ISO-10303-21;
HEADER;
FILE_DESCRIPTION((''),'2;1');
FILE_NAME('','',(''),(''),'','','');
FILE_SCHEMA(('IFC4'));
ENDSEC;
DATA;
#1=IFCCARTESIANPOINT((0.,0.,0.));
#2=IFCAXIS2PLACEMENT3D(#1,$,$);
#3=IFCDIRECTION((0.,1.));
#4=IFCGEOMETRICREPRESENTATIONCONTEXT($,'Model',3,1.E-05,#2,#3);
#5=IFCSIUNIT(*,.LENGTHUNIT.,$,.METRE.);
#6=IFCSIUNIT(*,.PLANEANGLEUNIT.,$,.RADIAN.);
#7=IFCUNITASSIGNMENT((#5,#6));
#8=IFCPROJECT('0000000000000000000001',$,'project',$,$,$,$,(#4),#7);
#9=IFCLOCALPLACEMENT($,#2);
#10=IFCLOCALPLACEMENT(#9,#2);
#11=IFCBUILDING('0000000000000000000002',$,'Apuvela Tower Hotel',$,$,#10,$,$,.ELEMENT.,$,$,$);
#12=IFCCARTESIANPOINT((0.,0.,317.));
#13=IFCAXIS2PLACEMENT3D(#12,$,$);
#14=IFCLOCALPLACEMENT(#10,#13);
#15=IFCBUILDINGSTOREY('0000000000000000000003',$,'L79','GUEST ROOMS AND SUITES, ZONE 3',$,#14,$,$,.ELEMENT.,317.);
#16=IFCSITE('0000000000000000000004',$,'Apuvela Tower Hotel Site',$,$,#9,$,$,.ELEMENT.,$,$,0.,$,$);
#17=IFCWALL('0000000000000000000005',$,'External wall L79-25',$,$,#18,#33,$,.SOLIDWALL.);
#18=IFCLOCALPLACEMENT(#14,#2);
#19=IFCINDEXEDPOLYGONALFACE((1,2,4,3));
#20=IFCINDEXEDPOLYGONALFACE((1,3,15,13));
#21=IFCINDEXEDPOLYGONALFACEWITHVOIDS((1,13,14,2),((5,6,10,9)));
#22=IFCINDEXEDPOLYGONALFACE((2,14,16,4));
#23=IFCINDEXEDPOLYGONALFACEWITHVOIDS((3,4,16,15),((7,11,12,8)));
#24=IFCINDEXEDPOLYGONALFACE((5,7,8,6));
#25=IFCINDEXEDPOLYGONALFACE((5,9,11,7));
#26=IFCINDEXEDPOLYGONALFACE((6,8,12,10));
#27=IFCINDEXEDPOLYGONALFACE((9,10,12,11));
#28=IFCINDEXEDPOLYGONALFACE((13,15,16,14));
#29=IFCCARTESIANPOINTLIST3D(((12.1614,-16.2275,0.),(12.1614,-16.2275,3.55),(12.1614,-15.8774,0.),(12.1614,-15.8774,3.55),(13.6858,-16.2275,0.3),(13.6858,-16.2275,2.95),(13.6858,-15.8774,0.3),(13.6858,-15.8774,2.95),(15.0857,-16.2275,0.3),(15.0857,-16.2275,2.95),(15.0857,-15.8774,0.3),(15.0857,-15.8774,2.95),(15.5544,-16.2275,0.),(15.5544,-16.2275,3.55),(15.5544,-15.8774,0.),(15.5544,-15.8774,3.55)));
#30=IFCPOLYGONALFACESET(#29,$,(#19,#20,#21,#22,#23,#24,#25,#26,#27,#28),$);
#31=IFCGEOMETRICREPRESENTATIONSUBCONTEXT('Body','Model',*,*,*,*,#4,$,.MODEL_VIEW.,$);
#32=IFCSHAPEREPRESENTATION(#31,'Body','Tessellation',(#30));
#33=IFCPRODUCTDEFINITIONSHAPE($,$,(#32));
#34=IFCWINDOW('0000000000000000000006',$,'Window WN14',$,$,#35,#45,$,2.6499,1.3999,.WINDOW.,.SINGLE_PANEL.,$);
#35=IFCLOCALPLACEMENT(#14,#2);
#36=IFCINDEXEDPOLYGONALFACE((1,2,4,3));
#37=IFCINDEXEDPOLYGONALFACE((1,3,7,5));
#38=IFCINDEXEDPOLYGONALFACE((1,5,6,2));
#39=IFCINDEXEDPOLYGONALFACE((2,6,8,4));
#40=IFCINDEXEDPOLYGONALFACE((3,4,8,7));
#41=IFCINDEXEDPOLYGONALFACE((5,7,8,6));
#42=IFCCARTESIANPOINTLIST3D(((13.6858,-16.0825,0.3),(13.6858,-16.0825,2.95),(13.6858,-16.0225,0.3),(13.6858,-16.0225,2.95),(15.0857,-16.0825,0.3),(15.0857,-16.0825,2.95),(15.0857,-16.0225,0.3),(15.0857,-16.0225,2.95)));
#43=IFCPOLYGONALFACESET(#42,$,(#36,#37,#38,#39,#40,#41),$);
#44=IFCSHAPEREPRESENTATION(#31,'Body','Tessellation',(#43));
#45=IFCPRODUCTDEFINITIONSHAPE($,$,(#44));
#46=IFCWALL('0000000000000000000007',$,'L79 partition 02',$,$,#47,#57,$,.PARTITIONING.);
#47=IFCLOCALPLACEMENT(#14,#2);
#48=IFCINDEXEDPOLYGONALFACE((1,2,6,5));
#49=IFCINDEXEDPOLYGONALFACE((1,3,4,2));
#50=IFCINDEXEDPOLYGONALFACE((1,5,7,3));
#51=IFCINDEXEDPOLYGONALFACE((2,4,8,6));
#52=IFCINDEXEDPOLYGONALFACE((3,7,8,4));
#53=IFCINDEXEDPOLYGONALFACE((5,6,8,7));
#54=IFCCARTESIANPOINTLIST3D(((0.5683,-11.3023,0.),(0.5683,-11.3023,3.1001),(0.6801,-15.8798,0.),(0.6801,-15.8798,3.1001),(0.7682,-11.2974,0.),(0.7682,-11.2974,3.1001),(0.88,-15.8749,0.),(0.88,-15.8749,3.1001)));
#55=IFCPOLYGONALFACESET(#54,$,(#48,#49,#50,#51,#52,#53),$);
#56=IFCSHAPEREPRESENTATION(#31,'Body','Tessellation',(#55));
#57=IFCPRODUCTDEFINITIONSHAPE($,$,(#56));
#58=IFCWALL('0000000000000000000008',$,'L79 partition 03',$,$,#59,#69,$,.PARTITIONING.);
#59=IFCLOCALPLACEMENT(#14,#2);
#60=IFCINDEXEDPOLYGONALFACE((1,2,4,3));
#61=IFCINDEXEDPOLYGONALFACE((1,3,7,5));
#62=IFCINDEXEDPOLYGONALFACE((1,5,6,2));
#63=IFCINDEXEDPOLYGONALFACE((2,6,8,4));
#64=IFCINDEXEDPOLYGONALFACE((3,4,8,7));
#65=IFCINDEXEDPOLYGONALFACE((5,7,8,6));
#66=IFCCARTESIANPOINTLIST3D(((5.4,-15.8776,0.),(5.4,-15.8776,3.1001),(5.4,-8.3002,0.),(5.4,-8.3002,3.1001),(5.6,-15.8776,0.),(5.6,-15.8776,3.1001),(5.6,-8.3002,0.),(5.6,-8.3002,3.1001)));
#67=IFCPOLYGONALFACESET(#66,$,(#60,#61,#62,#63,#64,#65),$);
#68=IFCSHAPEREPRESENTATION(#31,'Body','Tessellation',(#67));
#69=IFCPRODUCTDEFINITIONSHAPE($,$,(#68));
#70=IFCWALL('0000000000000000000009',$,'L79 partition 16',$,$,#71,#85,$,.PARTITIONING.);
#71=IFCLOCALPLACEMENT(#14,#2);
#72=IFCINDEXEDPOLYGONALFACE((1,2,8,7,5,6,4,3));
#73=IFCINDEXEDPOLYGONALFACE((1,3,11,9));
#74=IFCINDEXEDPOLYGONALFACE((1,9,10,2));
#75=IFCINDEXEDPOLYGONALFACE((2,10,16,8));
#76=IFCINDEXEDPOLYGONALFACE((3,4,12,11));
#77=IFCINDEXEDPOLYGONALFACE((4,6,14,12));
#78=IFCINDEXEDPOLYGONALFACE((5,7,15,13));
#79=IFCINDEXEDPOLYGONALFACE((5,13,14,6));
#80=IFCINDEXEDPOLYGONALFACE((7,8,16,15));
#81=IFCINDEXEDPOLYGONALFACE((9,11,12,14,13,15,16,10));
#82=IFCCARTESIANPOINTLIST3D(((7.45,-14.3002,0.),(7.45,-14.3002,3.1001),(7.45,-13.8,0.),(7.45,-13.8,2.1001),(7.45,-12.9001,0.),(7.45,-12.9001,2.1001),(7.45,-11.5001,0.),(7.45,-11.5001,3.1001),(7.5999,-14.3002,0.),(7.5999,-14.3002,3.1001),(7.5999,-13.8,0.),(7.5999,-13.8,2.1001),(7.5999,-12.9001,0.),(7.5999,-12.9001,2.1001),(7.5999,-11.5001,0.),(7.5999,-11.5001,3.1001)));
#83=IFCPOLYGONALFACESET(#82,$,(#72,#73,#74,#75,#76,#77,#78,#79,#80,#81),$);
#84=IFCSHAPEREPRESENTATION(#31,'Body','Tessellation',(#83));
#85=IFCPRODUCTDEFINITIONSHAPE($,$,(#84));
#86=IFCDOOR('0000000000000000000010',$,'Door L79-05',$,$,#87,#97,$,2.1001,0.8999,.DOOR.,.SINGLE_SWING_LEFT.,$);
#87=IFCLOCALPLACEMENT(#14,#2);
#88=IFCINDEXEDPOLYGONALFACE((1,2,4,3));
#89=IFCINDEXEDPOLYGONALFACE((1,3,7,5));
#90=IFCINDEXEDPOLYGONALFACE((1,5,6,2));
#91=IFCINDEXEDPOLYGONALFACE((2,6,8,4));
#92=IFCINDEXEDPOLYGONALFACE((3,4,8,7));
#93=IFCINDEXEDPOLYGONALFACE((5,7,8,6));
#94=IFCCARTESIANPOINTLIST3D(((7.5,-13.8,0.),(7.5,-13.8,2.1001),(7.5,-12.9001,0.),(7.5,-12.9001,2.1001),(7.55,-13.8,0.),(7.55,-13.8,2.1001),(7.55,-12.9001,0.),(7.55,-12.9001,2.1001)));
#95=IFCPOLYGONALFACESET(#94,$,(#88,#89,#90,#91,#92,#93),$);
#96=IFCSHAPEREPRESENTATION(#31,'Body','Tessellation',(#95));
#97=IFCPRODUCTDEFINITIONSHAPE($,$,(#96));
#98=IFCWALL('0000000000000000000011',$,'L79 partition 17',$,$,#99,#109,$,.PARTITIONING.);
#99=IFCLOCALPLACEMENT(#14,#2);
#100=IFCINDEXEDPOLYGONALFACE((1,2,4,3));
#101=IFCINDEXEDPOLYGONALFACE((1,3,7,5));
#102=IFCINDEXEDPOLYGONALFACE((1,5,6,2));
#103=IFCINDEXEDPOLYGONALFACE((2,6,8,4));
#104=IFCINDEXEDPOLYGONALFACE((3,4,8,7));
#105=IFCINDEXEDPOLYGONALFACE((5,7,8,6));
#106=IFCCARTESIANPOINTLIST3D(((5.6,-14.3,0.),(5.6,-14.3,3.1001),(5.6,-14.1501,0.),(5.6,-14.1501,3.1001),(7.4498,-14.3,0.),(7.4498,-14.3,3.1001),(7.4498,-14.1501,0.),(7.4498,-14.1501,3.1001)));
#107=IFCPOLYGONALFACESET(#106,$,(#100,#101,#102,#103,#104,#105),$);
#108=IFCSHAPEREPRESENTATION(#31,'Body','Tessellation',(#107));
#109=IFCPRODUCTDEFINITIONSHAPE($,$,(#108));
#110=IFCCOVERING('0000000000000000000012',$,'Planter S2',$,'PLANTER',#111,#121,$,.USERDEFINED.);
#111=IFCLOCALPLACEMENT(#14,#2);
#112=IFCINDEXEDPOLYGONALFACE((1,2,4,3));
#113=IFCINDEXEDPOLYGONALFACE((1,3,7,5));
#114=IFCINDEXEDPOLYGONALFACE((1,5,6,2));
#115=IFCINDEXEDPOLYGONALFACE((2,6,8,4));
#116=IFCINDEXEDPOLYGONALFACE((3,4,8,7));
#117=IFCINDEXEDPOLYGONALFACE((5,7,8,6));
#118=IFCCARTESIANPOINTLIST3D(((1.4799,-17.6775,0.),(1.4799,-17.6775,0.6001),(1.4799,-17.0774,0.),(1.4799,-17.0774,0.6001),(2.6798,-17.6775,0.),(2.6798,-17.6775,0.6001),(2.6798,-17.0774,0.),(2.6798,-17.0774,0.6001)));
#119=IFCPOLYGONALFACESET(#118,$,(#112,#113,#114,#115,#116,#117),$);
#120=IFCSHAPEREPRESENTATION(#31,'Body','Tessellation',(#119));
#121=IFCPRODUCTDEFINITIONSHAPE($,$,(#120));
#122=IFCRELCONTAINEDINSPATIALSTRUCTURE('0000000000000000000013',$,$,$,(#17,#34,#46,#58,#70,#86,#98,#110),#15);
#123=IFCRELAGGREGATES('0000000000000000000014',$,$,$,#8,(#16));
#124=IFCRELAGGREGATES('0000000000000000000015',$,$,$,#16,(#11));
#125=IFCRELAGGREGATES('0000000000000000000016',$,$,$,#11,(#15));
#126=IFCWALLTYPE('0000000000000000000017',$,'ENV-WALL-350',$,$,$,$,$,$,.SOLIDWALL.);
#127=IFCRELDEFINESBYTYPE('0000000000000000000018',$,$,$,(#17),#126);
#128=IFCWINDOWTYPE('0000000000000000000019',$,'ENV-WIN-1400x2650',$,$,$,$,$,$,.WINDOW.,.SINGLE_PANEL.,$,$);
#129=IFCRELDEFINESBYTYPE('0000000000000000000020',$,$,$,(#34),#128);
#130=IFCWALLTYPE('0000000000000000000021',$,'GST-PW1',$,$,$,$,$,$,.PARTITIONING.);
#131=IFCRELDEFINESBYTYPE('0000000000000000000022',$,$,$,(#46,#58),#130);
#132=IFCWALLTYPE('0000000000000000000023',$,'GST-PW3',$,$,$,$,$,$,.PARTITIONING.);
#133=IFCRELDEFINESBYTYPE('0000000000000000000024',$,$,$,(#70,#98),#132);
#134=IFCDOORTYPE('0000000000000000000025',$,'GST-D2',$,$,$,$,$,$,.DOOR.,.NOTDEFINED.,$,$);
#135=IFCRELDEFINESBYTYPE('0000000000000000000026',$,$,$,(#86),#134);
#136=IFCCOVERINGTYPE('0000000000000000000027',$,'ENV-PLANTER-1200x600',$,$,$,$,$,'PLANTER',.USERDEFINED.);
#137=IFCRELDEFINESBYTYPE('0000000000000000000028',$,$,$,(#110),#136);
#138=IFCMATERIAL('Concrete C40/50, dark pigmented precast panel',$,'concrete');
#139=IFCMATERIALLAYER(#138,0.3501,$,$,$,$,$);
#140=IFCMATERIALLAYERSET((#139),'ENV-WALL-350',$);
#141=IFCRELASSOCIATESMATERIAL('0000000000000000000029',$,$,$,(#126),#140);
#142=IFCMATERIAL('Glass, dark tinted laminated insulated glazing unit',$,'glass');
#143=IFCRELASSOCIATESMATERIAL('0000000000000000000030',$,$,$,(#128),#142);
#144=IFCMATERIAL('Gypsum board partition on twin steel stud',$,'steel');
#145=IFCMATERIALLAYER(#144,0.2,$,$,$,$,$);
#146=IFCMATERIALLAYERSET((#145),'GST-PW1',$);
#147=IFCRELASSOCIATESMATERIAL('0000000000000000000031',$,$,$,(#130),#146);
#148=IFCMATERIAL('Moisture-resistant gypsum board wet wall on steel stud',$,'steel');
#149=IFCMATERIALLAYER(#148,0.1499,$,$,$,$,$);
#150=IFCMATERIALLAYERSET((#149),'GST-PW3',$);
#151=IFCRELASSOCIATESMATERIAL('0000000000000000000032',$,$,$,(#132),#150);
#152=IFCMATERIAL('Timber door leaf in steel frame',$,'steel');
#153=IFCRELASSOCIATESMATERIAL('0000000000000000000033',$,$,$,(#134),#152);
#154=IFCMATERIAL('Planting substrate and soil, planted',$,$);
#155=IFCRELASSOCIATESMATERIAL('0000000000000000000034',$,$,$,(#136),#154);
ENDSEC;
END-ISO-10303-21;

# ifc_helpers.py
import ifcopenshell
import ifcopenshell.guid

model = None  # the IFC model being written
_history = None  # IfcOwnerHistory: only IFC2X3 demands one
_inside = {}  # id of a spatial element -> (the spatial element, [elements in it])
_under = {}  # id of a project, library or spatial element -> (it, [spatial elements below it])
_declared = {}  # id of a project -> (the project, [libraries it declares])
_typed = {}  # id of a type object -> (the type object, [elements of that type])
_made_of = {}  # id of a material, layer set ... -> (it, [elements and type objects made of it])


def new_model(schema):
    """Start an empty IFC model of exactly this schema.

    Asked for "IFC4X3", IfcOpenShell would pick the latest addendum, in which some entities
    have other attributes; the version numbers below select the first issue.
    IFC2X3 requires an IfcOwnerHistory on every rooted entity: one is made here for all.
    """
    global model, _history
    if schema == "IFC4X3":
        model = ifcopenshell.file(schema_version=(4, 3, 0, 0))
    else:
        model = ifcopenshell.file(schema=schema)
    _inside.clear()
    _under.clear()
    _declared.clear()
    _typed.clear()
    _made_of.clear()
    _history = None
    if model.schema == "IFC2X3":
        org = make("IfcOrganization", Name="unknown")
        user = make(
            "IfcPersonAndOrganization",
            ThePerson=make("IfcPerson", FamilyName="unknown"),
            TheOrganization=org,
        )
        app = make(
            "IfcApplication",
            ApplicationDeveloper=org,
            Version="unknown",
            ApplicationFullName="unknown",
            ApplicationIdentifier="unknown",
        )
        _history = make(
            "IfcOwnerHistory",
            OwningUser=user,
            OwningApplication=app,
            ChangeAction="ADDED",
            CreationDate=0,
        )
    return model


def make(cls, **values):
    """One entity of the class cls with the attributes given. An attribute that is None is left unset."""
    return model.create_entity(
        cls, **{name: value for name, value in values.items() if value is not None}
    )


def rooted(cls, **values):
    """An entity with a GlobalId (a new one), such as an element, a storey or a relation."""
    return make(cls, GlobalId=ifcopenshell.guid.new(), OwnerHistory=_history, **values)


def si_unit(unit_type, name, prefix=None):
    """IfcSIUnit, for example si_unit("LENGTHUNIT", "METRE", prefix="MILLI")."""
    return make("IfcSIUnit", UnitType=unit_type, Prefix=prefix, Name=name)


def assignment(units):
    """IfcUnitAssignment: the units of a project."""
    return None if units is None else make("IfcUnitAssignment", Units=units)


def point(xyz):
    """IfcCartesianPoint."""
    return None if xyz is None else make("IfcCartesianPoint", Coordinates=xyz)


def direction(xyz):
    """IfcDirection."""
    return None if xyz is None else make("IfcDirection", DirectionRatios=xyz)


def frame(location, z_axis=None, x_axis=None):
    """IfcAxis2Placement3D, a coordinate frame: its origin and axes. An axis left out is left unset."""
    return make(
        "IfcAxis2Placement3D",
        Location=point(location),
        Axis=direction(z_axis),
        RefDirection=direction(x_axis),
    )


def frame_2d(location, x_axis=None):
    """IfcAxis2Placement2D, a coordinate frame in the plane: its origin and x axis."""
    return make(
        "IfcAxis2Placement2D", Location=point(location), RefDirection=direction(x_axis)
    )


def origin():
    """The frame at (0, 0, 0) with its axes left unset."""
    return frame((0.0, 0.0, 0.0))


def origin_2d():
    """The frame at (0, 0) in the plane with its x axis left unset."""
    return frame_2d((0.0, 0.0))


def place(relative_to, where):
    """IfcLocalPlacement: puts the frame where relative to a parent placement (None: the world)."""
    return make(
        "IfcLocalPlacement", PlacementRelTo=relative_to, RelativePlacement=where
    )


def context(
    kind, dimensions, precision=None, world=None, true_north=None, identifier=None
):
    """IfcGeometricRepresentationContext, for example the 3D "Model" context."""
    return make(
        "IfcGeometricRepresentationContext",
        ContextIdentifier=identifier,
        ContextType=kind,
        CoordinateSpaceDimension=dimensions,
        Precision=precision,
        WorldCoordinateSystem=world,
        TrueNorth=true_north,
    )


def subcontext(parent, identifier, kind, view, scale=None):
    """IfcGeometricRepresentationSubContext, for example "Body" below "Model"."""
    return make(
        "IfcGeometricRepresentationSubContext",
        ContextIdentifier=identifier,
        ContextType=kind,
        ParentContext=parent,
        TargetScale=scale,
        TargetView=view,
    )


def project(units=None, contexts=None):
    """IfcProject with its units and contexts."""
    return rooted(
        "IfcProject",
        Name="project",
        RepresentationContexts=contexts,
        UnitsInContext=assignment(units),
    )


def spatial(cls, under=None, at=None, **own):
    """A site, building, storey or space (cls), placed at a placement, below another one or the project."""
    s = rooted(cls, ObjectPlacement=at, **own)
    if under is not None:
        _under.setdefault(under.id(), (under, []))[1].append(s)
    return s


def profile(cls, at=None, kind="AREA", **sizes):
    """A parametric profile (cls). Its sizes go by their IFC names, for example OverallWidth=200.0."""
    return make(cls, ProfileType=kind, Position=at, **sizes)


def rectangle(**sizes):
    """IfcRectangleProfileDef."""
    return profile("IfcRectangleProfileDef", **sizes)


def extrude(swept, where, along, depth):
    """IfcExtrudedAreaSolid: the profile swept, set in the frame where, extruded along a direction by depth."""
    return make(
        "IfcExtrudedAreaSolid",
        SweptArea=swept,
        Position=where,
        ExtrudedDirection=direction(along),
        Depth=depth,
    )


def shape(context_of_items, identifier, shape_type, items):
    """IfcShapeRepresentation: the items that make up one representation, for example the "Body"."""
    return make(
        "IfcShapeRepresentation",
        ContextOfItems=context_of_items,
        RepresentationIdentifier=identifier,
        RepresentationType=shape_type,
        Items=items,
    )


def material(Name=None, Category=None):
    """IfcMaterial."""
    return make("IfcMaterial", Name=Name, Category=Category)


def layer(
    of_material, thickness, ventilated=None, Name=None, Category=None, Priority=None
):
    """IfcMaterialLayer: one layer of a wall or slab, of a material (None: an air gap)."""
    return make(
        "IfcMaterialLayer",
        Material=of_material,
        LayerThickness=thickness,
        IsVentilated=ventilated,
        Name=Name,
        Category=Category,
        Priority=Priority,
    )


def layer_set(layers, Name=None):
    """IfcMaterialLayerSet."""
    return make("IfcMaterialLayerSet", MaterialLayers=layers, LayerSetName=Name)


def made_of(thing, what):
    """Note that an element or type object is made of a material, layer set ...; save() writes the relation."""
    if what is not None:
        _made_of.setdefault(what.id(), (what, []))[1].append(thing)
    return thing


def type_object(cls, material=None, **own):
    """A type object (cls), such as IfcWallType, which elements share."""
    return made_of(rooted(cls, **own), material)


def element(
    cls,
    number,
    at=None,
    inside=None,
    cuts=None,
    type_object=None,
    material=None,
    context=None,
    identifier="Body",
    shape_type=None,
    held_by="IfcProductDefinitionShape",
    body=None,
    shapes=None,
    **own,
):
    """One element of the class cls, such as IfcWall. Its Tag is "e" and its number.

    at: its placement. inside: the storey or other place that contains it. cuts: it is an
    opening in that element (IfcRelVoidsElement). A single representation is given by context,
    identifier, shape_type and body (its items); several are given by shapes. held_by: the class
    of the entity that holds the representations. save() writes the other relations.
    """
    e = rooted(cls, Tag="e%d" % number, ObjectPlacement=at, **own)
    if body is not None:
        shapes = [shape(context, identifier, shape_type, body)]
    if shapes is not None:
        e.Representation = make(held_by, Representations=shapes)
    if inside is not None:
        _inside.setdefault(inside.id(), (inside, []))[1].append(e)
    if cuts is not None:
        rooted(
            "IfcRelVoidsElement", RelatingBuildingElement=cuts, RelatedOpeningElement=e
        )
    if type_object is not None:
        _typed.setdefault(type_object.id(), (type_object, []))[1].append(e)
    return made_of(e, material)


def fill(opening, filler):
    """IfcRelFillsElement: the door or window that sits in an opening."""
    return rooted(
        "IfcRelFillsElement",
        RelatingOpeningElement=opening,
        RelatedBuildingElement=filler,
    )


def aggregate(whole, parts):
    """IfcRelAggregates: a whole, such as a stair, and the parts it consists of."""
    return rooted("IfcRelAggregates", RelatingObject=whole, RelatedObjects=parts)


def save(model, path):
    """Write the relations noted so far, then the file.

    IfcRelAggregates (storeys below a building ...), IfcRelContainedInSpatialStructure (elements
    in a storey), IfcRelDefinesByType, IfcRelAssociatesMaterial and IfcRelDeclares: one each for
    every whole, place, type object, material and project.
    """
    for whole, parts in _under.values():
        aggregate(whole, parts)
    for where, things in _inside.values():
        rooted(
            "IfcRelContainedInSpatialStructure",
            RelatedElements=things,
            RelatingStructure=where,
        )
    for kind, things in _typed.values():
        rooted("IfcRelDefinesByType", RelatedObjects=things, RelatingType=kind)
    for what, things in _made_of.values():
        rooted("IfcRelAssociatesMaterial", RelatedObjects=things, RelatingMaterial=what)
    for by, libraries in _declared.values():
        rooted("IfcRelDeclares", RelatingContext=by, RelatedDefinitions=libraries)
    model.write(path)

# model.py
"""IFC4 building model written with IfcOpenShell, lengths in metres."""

from ifc_helpers import new_model, si_unit, direction, frame, frame_2d, origin, origin_2d, place, context, subcontext, project, spatial, rectangle, extrude, material, layer, layer_set, type_object, element, fill, save


model = new_model("IFC4")

# Units and contexts
model_context = context("Model", 3, precision=1e-05, world=origin(), true_north=direction((0.0, 1.0)))
body_context = subcontext(model_context, "Body", "Model", "MODEL_VIEW")
ifc_project = project(units=[si_unit("LENGTHUNIT", "METRE"), si_unit("PLANEANGLEUNIT", "RADIAN")], contexts=[model_context])

# Site, building, storey
site_placement = place(None, origin())
site = spatial("IfcSite", under=ifc_project, at=site_placement, Name="Apuvela Tower Hotel Site", CompositionType="ELEMENT", RefElevation=0.0)
building_placement = place(site_placement, origin())
building = spatial("IfcBuilding", under=site, at=building_placement, Name="Apuvela Tower Hotel", CompositionType="ELEMENT")
storey_placement = place(building_placement, frame((0.0, 0.0, 317.0)))
storey = spatial("IfcBuildingStorey", under=building, at=storey_placement, Name="L79", Description="GUEST ROOMS AND SUITES, ZONE 3", CompositionType="ELEMENT", Elevation=317.0)

# Shared definitions
ifc_material_1 = material(Name="Concrete C40/50, dark pigmented precast panel", Category="concrete")
ifc_layer_1 = layer(ifc_material_1, 0.3501)
ifc_layer_set_1 = layer_set([ifc_layer_1], Name="ENV-WALL-350")
wall_type_1 = type_object("IfcWallType", Name="ENV-WALL-350", PredefinedType="SOLIDWALL", material=ifc_layer_set_1)

# Shared definitions
ifc_material_2 = material(Name="Glass, dark tinted laminated insulated glazing unit", Category="glass")

# Wall, opening, window
wall_1_placement = place(storey_placement, frame((12.1614, -16.0525, 0.0), z_axis=(0.0, 0.0, 1.0), x_axis=(1.0, 0.0, 0.0)))
wall_1 = element("IfcWall", 1, at=wall_1_placement, inside=storey, type_object=wall_type_1, Name="External wall L79-25", PredefinedType="SOLIDWALL", context=body_context, shape_type="SweptSolid", body=[
    extrude(rectangle(XDim=3.3931, YDim=0.3501, at=frame_2d((1.6965, 0.0))), origin(), (0.0, 0.0, 1.0), 3.55),
])
opening_1_placement = place(wall_1_placement, frame((1.5244, 0.0, 0.3)))
opening_1 = element("IfcOpeningElement", 2, at=opening_1_placement, cuts=wall_1, PredefinedType="OPENING", context=body_context, shape_type="SweptSolid", body=[
    extrude(rectangle(XDim=1.3999, YDim=2.6499, at=frame_2d((0.7, 1.325))), frame((0.0, 0.1851, 0.0), z_axis=(0.0, -1.0, 0.0), x_axis=(1.0, 0.0, 0.0)), (0.0, 0.0, 1.0), 0.3701),
])
window_type_1 = type_object("IfcWindowType", Name="ENV-WIN-1400x2650", PartitioningType="SINGLE_PANEL", PredefinedType="WINDOW", material=ifc_material_2)
window_1_placement = place(opening_1_placement, origin())
window_1 = element("IfcWindow", 3, at=window_1_placement, inside=storey, type_object=window_type_1, Name="Window WN14", OverallHeight=2.6499, OverallWidth=1.3999, PartitioningType="SINGLE_PANEL", PredefinedType="WINDOW", context=body_context, shape_type="SweptSolid", body=[
    extrude(rectangle(XDim=1.3999, YDim=2.6499, at=frame_2d((0.7, 1.325))), frame((0.0, 0.03, 0.0), z_axis=(0.0, -1.0, 0.0), x_axis=(1.0, 0.0, 0.0)), (0.0, 0.0, 1.0), 0.0601),
])
fill(opening_1, window_1)

# Walls
ifc_material_3 = material(Name="Gypsum board partition on twin steel stud", Category="steel")
ifc_layer_2 = layer(ifc_material_3, 0.2)
ifc_layer_set_2 = layer_set([ifc_layer_2], Name="GST-PW1")
wall_type_2 = type_object("IfcWallType", Name="GST-PW1", PredefinedType="PARTITIONING", material=ifc_layer_set_2)
wall_2_placement = place(storey_placement, frame((0.78, -15.8774, 0.0), z_axis=(0.0, 0.0, 1.0), x_axis=(-0.024421, 0.999702, 0.0)))
element("IfcWall", 4, at=wall_2_placement, inside=storey, type_object=wall_type_2, Name="L79 partition 02", PredefinedType="PARTITIONING", context=body_context, shape_type="SweptSolid", body=[
    extrude(rectangle(XDim=4.5789, YDim=0.2, at=frame_2d((2.2896, 0.0))), origin(), (0.0, 0.0, 1.0), 3.1001),
])
wall_3_placement = place(storey_placement, frame((5.5, -15.8774, 0.0), z_axis=(0.0, 0.0, 1.0), x_axis=(0.0, 1.0, 0.0)))
element("IfcWall", 5, at=wall_3_placement, inside=storey, type_object=wall_type_2, Name="L79 partition 03", PredefinedType="PARTITIONING", context=body_context, shape_type="SweptSolid", body=[
    extrude(rectangle(XDim=7.5774, YDim=0.2, at=frame_2d((3.7886, 0.0))), origin(), (0.0, 0.0, 1.0), 3.1001),
])

# Wall, opening, door
ifc_material_4 = material(Name="Moisture-resistant gypsum board wet wall on steel stud", Category="steel")
ifc_layer_3 = layer(ifc_material_4, 0.1499)
ifc_layer_set_3 = layer_set([ifc_layer_3], Name="GST-PW3")
wall_type_3 = type_object("IfcWallType", Name="GST-PW3", PredefinedType="PARTITIONING", material=ifc_layer_set_3)
wall_4_placement = place(storey_placement, frame((7.5249, -14.3, 0.0), z_axis=(0.0, 0.0, 1.0), x_axis=(0.0, 1.0, 0.0)))
wall_4 = element("IfcWall", 6, at=wall_4_placement, inside=storey, type_object=wall_type_3, Name="L79 partition 16", PredefinedType="PARTITIONING", context=body_context, shape_type="SweptSolid", body=[
    extrude(rectangle(XDim=2.8, YDim=0.1499, at=frame_2d((1.3999, 0.0))), origin(), (0.0, 0.0, 1.0), 3.1001),
])
opening_2_placement = place(wall_4_placement, frame((0.5, 0.0, 0.0)))
opening_2 = element("IfcOpeningElement", 7, at=opening_2_placement, cuts=wall_4, PredefinedType="OPENING", context=body_context, shape_type="SweptSolid", body=[
    extrude(rectangle(XDim=0.8999, YDim=2.1001, at=frame_2d((0.45, 1.05))), frame((0.0, 0.085, 0.0), z_axis=(0.0, -1.0, 0.0), x_axis=(1.0, 0.0, 0.0)), (0.0, 0.0, 1.0), 0.1699),
])
ifc_material_5 = material(Name="Timber door leaf in steel frame", Category="steel")
door_type_1 = type_object("IfcDoorType", Name="GST-D2", OperationType="NOTDEFINED", PredefinedType="DOOR", material=ifc_material_5)
door_1_placement = place(opening_2_placement, origin())
door_1 = element("IfcDoor", 8, at=door_1_placement, inside=storey, type_object=door_type_1, Name="Door L79-05", OperationType="SINGLE_SWING_LEFT", OverallHeight=2.1001, OverallWidth=0.8999, PredefinedType="DOOR", context=body_context, shape_type="SweptSolid", body=[
    extrude(rectangle(XDim=0.8999, YDim=2.1001, at=frame_2d((0.45, 1.05))), frame((0.0, 0.0249, 0.0), z_axis=(0.0, -1.0, 0.0), x_axis=(1.0, 0.0, 0.0)), (0.0, 0.0, 1.0), 0.05),
])
fill(opening_2, door_1)

# Wall
wall_5_placement = place(storey_placement, frame((5.6001, -14.2251, 0.0), z_axis=(0.0, 0.0, 1.0), x_axis=(1.0, 0.0, 0.0)))
element("IfcWall", 9, at=wall_5_placement, inside=storey, type_object=wall_type_3, Name="L79 partition 17", PredefinedType="PARTITIONING", context=body_context, shape_type="SweptSolid", body=[
    extrude(rectangle(XDim=1.8499, YDim=0.1499, at=frame_2d((0.9248, 0.0))), origin(), (0.0, 0.0, 1.0), 3.1001),
])

# Covering
ifc_material_6 = material(Name="Planting substrate and soil, planted")
covering_type = type_object("IfcCoveringType", Name="ENV-PLANTER-1200x600", ElementType="PLANTER", PredefinedType="USERDEFINED", material=ifc_material_6)
covering_placement = place(storey_placement, frame((2.0798, -17.3774, 0.0), z_axis=(0.0, 0.0, 1.0), x_axis=(1.0, 0.0, 0.0)))
element("IfcCovering", 10, at=covering_placement, inside=storey, type_object=covering_type, Name="Planter S2", ObjectType="PLANTER", PredefinedType="USERDEFINED", context=body_context, shape_type="SweptSolid", body=[
    extrude(rectangle(XDim=1.2, YDim=0.6001, at=origin_2d()), origin(), (0.0, 0.0, 1.0), 0.6001),
])

save(model, "model.ifc")
